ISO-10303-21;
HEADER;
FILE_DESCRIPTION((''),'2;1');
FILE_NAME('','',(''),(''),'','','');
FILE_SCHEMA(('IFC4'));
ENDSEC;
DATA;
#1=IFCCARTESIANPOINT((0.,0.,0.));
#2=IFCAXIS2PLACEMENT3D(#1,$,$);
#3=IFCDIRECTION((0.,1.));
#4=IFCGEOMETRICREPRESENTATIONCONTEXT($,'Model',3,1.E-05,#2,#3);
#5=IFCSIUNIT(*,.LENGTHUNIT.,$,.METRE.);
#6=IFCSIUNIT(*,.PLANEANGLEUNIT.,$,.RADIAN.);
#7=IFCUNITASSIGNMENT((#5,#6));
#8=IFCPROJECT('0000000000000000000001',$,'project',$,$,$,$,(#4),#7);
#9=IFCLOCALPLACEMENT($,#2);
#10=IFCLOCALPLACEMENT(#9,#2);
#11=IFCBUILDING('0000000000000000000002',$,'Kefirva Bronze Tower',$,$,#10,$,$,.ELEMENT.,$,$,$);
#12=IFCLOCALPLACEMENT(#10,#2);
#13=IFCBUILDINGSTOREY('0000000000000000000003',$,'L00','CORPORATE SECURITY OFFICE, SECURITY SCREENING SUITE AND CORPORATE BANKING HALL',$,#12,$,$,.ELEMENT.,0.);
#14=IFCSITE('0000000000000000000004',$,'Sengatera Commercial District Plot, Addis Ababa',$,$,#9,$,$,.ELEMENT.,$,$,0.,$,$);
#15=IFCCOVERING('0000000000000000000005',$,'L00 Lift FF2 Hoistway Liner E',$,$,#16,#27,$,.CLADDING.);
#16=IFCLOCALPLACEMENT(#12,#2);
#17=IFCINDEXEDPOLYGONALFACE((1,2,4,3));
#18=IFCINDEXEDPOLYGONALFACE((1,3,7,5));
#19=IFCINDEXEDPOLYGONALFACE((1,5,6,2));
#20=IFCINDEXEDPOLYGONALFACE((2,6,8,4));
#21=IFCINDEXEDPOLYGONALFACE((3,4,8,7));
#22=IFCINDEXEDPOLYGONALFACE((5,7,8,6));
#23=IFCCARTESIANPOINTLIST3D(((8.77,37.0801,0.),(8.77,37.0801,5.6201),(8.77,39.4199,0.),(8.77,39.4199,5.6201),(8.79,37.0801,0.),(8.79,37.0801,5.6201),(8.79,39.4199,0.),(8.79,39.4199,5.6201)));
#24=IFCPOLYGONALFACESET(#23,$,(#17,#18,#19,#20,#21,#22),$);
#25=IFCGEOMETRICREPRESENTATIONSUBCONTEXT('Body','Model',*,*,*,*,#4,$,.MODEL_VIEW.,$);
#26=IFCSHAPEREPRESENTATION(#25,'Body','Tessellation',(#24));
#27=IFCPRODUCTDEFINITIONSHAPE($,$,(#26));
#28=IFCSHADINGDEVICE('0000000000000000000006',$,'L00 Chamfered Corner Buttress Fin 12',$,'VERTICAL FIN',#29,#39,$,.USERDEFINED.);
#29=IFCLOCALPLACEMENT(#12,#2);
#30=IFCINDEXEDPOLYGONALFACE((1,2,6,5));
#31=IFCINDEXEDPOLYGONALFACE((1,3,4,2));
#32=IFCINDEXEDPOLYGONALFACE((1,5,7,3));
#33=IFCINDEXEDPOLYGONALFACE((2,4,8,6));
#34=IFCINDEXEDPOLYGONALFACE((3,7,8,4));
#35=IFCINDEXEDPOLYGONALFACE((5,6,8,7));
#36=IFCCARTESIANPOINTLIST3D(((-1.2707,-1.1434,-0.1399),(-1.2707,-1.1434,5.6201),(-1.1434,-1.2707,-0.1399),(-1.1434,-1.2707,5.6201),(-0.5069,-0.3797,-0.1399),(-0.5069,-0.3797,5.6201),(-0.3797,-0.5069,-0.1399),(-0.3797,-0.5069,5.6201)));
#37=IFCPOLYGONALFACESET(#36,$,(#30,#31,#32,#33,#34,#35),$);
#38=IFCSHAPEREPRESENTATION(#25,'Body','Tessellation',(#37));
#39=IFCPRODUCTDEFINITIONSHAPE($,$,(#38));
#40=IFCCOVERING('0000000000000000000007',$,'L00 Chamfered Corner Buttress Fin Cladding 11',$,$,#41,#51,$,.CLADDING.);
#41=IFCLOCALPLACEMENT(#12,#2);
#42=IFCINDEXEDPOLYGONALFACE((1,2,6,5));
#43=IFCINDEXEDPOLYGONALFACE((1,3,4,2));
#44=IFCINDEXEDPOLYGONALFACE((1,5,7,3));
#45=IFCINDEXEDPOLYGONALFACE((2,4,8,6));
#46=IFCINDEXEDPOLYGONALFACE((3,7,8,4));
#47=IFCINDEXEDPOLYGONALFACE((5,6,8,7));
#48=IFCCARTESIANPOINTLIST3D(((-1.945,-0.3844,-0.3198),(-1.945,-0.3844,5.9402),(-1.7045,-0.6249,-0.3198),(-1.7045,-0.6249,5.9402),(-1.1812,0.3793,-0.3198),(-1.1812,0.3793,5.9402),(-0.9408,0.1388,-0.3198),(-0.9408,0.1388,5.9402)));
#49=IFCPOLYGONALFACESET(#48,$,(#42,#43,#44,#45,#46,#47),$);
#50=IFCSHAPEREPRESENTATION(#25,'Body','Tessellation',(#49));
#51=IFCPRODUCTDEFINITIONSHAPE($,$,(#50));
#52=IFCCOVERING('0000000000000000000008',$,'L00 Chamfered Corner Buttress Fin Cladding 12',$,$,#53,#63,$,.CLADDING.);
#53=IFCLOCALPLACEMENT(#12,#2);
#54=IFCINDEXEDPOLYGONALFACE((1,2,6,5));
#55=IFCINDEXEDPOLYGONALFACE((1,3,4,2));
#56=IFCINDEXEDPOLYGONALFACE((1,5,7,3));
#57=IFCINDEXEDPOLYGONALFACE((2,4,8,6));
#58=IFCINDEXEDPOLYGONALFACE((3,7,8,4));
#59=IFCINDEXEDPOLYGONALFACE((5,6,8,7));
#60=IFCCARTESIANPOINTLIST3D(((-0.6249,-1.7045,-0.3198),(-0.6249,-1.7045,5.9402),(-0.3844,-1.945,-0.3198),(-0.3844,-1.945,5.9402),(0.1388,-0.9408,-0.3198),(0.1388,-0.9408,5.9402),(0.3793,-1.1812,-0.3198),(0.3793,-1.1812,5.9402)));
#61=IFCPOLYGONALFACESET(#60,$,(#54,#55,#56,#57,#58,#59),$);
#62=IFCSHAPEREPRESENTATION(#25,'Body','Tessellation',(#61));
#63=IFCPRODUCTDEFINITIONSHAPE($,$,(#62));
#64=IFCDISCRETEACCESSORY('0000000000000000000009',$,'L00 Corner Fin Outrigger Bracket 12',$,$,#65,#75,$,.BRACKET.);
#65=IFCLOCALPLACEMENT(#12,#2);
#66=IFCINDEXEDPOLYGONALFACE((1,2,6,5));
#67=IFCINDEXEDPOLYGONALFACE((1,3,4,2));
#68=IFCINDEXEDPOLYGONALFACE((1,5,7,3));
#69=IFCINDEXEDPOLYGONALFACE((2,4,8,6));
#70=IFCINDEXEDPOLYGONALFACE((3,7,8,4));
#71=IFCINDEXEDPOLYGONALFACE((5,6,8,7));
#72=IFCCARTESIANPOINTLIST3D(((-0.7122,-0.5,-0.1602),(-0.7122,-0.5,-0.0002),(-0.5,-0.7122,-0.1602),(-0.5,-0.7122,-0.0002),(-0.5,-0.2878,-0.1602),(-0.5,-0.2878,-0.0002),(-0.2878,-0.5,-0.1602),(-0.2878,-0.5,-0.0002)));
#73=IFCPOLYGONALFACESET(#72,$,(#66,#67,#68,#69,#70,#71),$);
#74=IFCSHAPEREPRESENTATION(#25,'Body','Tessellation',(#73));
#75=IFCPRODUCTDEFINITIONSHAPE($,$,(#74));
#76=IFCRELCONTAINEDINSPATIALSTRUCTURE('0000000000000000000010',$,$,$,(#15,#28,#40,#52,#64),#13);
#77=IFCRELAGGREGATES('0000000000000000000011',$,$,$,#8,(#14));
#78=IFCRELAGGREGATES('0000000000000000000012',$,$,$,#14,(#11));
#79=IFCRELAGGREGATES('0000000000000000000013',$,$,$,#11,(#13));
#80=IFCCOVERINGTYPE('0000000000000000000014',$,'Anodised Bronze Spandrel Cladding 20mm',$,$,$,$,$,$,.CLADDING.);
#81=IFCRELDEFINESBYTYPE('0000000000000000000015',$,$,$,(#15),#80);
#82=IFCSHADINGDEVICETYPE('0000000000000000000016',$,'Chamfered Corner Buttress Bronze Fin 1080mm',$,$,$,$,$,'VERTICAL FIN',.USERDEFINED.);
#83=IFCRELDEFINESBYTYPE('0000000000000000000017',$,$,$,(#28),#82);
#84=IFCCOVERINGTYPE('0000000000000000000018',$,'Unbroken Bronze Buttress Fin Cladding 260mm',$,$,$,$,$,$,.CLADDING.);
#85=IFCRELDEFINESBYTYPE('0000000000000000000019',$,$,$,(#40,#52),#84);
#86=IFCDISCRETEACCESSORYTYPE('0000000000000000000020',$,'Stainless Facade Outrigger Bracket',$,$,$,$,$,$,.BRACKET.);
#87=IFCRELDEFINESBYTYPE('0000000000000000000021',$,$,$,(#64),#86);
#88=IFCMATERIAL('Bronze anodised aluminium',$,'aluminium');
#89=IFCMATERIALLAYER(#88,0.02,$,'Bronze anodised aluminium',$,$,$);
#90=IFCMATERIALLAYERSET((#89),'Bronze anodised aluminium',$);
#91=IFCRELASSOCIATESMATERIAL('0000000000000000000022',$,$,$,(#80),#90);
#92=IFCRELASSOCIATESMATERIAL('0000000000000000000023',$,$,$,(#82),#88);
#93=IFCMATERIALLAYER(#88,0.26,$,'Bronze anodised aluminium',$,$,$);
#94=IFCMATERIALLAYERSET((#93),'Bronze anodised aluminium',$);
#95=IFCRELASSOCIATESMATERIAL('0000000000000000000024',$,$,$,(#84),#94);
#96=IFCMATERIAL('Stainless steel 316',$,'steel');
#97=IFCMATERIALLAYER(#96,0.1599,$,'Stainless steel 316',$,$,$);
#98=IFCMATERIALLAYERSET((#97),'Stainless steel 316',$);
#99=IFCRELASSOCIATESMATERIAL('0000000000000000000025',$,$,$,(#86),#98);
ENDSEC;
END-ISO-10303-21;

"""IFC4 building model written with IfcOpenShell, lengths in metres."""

from ifc_helpers import new_model, si_unit, direction, frame, origin, origin_2d, place, context, subcontext, project, spatial, polyline, rectangle, outline, extrude, material, layer, layer_set, material_profile, profile_set, type_object, element, save


model = new_model("IFC4")

# Units and contexts
model_context = context("Model", 3, precision=1e-05, world=origin(), true_north=direction((0.0, 1.0)))
body_context = subcontext(model_context, "Body", "Model", "MODEL_VIEW")
ifc_project = project(units=[si_unit("LENGTHUNIT", "METRE"), si_unit("PLANEANGLEUNIT", "RADIAN")], contexts=[model_context])

# Site, building, storey
site_placement = place(None, origin())
site = spatial("IfcSite", under=ifc_project, at=site_placement, Name="Sengatera Commercial District Plot, Addis Ababa", CompositionType="ELEMENT", RefElevation=0.0)
building_placement = place(site_placement, origin())
building = spatial("IfcBuilding", under=site, at=building_placement, Name="Kefirva Bronze Tower", CompositionType="ELEMENT")
storey_placement = place(building_placement, origin())
storey = spatial("IfcBuildingStorey", under=building, at=storey_placement, Name="L00", Description="CORPORATE SECURITY OFFICE, SECURITY SCREENING SUITE AND CORPORATE BANKING HALL", CompositionType="ELEMENT", Elevation=0.0)

# Shared definitions
ifc_material_1 = material(Name="Bronze anodised aluminium", Category="aluminium")

# Covering
ifc_layer_1 = layer(ifc_material_1, 0.02, Name="Bronze anodised aluminium")
ifc_layer_set_1 = layer_set([ifc_layer_1], Name="Bronze anodised aluminium")
covering_type_1 = type_object("IfcCoveringType", Name="Anodised Bronze Spandrel Cladding 20mm", PredefinedType="CLADDING", material=ifc_layer_set_1)
covering_1_placement = place(storey_placement, origin())
element("IfcCovering", 1, at=covering_1_placement, inside=storey, type_object=covering_type_1, Name="L00 Lift FF2 Hoistway Liner E", PredefinedType="CLADDING", context=body_context, shape_type="SweptSolid", body=[
    extrude(outline(polyline([(8.77, 37.0801), (8.79, 37.0801), (8.79, 39.4199), (8.77, 39.4199), (8.77, 37.0801)])), origin(), (0.0, 0.0, 1.0), 5.6201),
])

# Shading device
ifc_material_profile_1 = material_profile(ifc_material_1, rectangle(XDim=0.1799, YDim=1.0801, at=origin_2d()), Name="BRONZE BUTTRESS FIN 180x1080")
ifc_profile_set_1 = profile_set([ifc_material_profile_1], Name="Bronze anodised aluminium")
shading_device_type = type_object("IfcShadingDeviceType", Name="Chamfered Corner Buttress Bronze Fin 1080mm", ElementType="VERTICAL FIN", PredefinedType="USERDEFINED", material=ifc_profile_set_1)
shading_device_placement = place(storey_placement, frame((-0.8252, -0.8252, -0.1399), z_axis=(0.0, 0.0, 1.0), x_axis=(0.707107, -0.707107, 0.0)))
element("IfcShadingDevice", 2, at=shading_device_placement, inside=storey, type_object=shading_device_type, Name="L00 Chamfered Corner Buttress Fin 12", ObjectType="VERTICAL FIN", PredefinedType="USERDEFINED", context=body_context, shape_type="SweptSolid", body=[
    extrude(rectangle(XDim=0.1799, YDim=1.0801, at=origin_2d()), origin(), (0.0, 0.0, 1.0), 5.76),
])

# Coverings
ifc_layer_2 = layer(ifc_material_1, 0.26, Name="Bronze anodised aluminium")
ifc_layer_set_2 = layer_set([ifc_layer_2], Name="Bronze anodised aluminium")
covering_type_2 = type_object("IfcCoveringType", Name="Unbroken Bronze Buttress Fin Cladding 260mm", PredefinedType="CLADDING", material=ifc_layer_set_2)
for number, where, z_axis, x_axis, name in (
    (3, (-1.4429, -0.1228, -0.3198), (0.0, 0.0, 1.0), (0.707107, -0.707107, 0.0), "L00 Chamfered Corner Buttress Fin Cladding 11"),
    (4, (-0.1228, -1.4429, -0.3198), (0.0, 0.0, 1.0), (0.707107, -0.707107, 0.0), "L00 Chamfered Corner Buttress Fin Cladding 12"),
):
    element("IfcCovering", number, at=place(storey_placement, frame(where, z_axis=z_axis, x_axis=x_axis)), inside=storey, type_object=covering_type_2, Name=name, PredefinedType="CLADDING", context=body_context, shape_type="SweptSolid", body=[
        extrude(rectangle(XDim=0.3401, YDim=1.0801, at=origin_2d()), origin(), (0.0, 0.0, 1.0), 6.26),
    ])

# Discrete accessory
ifc_material_2 = material(Name="Stainless steel 316", Category="steel")
ifc_layer_3 = layer(ifc_material_2, 0.1599, Name="Stainless steel 316")
ifc_layer_set_3 = layer_set([ifc_layer_3], Name="Stainless steel 316")
discrete_accessory_type = type_object("IfcDiscreteAccessoryType", Name="Stainless Facade Outrigger Bracket", PredefinedType="BRACKET", material=ifc_layer_set_3)
discrete_accessory_placement = place(storey_placement, frame((-0.5, -0.5, -0.1602), z_axis=(0.0, 0.0, 1.0), x_axis=(0.707107, -0.707107, 0.0)))
element("IfcDiscreteAccessory", 5, at=discrete_accessory_placement, inside=storey, type_object=discrete_accessory_type, Name="L00 Corner Fin Outrigger Bracket 12", PredefinedType="BRACKET", context=body_context, shape_type="SweptSolid", body=[
    extrude(rectangle(XDim=0.3, YDim=0.3, at=origin_2d()), origin(), (0.0, 0.0, 1.0), 0.1599),
])

save(model, "model.ifc")
